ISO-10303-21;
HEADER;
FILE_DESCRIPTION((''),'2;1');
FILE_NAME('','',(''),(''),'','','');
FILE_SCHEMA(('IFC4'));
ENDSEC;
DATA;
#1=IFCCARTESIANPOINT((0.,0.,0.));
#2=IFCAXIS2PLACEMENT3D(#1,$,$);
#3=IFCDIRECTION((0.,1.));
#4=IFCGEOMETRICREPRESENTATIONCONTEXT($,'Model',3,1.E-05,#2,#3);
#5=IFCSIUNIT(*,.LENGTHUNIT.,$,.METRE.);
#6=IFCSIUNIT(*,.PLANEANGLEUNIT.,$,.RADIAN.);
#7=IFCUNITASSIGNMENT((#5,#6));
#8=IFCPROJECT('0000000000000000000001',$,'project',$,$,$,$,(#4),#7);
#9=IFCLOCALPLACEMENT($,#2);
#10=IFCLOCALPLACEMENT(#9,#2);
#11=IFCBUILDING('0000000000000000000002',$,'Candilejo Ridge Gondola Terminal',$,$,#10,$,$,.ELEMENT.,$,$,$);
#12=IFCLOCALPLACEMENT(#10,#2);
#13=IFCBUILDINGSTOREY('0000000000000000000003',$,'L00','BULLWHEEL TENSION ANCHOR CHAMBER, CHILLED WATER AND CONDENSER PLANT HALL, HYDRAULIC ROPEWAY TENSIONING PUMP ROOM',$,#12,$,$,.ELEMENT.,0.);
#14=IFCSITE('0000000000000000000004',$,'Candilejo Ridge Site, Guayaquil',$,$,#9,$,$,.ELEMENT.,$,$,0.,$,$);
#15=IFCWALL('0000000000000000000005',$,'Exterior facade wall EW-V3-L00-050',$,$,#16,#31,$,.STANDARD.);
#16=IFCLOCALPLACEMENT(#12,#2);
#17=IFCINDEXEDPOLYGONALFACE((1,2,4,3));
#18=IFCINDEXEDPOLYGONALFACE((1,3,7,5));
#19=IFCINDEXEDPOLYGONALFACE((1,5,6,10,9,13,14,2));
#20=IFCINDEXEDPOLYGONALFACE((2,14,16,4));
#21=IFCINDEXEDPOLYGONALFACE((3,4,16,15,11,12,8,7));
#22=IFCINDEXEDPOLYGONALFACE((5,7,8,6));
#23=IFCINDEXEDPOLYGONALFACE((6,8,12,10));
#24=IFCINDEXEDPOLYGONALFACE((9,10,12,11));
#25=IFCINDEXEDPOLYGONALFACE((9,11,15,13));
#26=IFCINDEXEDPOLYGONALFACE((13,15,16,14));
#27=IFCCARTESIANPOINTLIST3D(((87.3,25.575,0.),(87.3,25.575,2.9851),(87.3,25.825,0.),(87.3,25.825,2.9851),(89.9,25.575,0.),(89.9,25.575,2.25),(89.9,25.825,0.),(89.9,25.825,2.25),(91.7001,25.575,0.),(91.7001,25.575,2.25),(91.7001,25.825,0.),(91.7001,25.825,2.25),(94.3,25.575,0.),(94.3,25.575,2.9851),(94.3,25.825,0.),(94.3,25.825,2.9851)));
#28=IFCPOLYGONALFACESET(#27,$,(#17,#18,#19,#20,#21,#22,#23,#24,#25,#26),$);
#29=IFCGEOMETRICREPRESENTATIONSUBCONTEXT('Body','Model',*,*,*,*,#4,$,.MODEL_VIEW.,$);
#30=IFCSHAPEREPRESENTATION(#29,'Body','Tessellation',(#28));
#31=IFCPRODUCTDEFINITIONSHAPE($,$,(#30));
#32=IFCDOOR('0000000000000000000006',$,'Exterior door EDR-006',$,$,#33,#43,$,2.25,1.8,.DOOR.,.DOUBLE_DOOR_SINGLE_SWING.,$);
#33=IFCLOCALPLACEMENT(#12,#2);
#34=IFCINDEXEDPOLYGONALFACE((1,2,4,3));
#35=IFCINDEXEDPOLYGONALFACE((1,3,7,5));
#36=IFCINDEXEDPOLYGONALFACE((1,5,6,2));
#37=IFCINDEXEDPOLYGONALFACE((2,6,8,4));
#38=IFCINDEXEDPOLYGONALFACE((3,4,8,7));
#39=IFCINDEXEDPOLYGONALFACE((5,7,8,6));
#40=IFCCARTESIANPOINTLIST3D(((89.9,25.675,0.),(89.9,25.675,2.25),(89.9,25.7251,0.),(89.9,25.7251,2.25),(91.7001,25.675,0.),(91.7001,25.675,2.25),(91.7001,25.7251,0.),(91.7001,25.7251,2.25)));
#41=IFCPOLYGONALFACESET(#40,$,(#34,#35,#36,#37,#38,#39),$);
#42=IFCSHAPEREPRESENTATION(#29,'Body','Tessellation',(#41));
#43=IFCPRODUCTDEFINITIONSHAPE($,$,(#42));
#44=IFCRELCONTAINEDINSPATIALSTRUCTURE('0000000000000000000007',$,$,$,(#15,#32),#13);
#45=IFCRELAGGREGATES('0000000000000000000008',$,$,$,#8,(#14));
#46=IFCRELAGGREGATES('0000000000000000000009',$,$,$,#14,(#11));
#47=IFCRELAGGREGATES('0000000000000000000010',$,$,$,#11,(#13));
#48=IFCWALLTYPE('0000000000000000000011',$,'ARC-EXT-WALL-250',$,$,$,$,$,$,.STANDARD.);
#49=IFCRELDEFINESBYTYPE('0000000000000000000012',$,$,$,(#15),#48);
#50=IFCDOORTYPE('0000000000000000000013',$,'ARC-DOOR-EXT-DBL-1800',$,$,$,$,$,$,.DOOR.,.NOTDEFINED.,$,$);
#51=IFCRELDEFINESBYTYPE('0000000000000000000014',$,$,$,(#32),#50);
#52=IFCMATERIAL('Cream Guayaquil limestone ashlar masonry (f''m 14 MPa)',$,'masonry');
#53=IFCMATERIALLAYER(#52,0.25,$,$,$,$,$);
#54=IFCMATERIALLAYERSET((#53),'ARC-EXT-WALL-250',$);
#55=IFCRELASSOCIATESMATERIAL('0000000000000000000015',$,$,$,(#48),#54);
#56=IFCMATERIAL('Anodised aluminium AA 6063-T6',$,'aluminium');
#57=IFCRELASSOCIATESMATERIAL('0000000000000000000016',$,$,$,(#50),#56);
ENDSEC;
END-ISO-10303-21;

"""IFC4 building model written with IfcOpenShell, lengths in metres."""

from ifc_helpers import new_model, si_unit, direction, frame, frame_2d, origin, place, context, subcontext, project, spatial, rectangle, extrude, material, layer, layer_set, type_object, element, fill, save


model = new_model("IFC4")

# Units and contexts
model_context = context("Model", 3, precision=1e-05, world=origin(), true_north=direction((0.0, 1.0)))
body_context = subcontext(model_context, "Body", "Model", "MODEL_VIEW")
ifc_project = project(units=[si_unit("LENGTHUNIT", "METRE"), si_unit("PLANEANGLEUNIT", "RADIAN")], contexts=[model_context])

# Site, building, storey
site_placement = place(None, origin())
site = spatial("IfcSite", under=ifc_project, at=site_placement, Name="Candilejo Ridge Site, Guayaquil", CompositionType="ELEMENT", RefElevation=0.0)
building_placement = place(site_placement, origin())
building = spatial("IfcBuilding", under=site, at=building_placement, Name="Candilejo Ridge Gondola Terminal", CompositionType="ELEMENT")
storey_placement = place(building_placement, origin())
storey = spatial("IfcBuildingStorey", under=building, at=storey_placement, Name="L00", Description="BULLWHEEL TENSION ANCHOR CHAMBER, CHILLED WATER AND CONDENSER PLANT HALL, HYDRAULIC ROPEWAY TENSIONING PUMP ROOM", CompositionType="ELEMENT", Elevation=0.0)

# Wall, opening, door
ifc_material_1 = material(Name="Cream Guayaquil limestone ashlar masonry (f'm 14 MPa)", Category="masonry")
ifc_layer_1 = layer(ifc_material_1, 0.25)
ifc_layer_set_1 = layer_set([ifc_layer_1], Name="ARC-EXT-WALL-250")
wall_type_1 = type_object("IfcWallType", Name="ARC-EXT-WALL-250", PredefinedType="STANDARD", material=ifc_layer_set_1)
wall_1_placement = place(storey_placement, frame((94.3, 25.7, 0.0), z_axis=(0.0, 0.0, 1.0), x_axis=(-1.0, 0.0, 0.0)))
wall_1 = element("IfcWall", 1, at=wall_1_placement, inside=storey, type_object=wall_type_1, Name="Exterior facade wall EW-V3-L00-050", PredefinedType="STANDARD", context=body_context, shape_type="SweptSolid", body=[
    extrude(rectangle(XDim=7.0, YDim=0.25, at=frame_2d((3.5, 0.0))), origin(), (0.0, 0.0, 1.0), 2.9851),
])
opening_1_placement = place(wall_1_placement, frame((2.6001, 0.0, 0.0)))
opening_1 = element("IfcOpeningElement", 2, at=opening_1_placement, cuts=wall_1, PredefinedType="OPENING", context=body_context, shape_type="SweptSolid", body=[
    extrude(rectangle(XDim=1.8, YDim=2.25, at=frame_2d((0.8999, 1.125))), frame((0.0, 0.135, 0.0), z_axis=(0.0, -1.0, 0.0), x_axis=(1.0, 0.0, 0.0)), (0.0, 0.0, 1.0), 0.27),
])
ifc_material_2 = material(Name="Anodised aluminium AA 6063-T6", Category="aluminium")
door_type_1 = type_object("IfcDoorType", Name="ARC-DOOR-EXT-DBL-1800", OperationType="NOTDEFINED", PredefinedType="DOOR", material=ifc_material_2)
door_1_placement = place(opening_1_placement, origin())
door_1 = element("IfcDoor", 3, at=door_1_placement, inside=storey, type_object=door_type_1, Name="Exterior door EDR-006", OperationType="DOUBLE_DOOR_SINGLE_SWING", OverallHeight=2.25, OverallWidth=1.8, PredefinedType="DOOR", context=body_context, shape_type="SweptSolid", body=[
    extrude(rectangle(XDim=1.8, YDim=2.25, at=frame_2d((0.8999, 1.125))), frame((0.0, 0.0249, 0.0), z_axis=(0.0, -1.0, 0.0), x_axis=(1.0, 0.0, 0.0)), (0.0, 0.0, 1.0), 0.05),
])
fill(opening_1, door_1)

save(model, "model.ifc")
